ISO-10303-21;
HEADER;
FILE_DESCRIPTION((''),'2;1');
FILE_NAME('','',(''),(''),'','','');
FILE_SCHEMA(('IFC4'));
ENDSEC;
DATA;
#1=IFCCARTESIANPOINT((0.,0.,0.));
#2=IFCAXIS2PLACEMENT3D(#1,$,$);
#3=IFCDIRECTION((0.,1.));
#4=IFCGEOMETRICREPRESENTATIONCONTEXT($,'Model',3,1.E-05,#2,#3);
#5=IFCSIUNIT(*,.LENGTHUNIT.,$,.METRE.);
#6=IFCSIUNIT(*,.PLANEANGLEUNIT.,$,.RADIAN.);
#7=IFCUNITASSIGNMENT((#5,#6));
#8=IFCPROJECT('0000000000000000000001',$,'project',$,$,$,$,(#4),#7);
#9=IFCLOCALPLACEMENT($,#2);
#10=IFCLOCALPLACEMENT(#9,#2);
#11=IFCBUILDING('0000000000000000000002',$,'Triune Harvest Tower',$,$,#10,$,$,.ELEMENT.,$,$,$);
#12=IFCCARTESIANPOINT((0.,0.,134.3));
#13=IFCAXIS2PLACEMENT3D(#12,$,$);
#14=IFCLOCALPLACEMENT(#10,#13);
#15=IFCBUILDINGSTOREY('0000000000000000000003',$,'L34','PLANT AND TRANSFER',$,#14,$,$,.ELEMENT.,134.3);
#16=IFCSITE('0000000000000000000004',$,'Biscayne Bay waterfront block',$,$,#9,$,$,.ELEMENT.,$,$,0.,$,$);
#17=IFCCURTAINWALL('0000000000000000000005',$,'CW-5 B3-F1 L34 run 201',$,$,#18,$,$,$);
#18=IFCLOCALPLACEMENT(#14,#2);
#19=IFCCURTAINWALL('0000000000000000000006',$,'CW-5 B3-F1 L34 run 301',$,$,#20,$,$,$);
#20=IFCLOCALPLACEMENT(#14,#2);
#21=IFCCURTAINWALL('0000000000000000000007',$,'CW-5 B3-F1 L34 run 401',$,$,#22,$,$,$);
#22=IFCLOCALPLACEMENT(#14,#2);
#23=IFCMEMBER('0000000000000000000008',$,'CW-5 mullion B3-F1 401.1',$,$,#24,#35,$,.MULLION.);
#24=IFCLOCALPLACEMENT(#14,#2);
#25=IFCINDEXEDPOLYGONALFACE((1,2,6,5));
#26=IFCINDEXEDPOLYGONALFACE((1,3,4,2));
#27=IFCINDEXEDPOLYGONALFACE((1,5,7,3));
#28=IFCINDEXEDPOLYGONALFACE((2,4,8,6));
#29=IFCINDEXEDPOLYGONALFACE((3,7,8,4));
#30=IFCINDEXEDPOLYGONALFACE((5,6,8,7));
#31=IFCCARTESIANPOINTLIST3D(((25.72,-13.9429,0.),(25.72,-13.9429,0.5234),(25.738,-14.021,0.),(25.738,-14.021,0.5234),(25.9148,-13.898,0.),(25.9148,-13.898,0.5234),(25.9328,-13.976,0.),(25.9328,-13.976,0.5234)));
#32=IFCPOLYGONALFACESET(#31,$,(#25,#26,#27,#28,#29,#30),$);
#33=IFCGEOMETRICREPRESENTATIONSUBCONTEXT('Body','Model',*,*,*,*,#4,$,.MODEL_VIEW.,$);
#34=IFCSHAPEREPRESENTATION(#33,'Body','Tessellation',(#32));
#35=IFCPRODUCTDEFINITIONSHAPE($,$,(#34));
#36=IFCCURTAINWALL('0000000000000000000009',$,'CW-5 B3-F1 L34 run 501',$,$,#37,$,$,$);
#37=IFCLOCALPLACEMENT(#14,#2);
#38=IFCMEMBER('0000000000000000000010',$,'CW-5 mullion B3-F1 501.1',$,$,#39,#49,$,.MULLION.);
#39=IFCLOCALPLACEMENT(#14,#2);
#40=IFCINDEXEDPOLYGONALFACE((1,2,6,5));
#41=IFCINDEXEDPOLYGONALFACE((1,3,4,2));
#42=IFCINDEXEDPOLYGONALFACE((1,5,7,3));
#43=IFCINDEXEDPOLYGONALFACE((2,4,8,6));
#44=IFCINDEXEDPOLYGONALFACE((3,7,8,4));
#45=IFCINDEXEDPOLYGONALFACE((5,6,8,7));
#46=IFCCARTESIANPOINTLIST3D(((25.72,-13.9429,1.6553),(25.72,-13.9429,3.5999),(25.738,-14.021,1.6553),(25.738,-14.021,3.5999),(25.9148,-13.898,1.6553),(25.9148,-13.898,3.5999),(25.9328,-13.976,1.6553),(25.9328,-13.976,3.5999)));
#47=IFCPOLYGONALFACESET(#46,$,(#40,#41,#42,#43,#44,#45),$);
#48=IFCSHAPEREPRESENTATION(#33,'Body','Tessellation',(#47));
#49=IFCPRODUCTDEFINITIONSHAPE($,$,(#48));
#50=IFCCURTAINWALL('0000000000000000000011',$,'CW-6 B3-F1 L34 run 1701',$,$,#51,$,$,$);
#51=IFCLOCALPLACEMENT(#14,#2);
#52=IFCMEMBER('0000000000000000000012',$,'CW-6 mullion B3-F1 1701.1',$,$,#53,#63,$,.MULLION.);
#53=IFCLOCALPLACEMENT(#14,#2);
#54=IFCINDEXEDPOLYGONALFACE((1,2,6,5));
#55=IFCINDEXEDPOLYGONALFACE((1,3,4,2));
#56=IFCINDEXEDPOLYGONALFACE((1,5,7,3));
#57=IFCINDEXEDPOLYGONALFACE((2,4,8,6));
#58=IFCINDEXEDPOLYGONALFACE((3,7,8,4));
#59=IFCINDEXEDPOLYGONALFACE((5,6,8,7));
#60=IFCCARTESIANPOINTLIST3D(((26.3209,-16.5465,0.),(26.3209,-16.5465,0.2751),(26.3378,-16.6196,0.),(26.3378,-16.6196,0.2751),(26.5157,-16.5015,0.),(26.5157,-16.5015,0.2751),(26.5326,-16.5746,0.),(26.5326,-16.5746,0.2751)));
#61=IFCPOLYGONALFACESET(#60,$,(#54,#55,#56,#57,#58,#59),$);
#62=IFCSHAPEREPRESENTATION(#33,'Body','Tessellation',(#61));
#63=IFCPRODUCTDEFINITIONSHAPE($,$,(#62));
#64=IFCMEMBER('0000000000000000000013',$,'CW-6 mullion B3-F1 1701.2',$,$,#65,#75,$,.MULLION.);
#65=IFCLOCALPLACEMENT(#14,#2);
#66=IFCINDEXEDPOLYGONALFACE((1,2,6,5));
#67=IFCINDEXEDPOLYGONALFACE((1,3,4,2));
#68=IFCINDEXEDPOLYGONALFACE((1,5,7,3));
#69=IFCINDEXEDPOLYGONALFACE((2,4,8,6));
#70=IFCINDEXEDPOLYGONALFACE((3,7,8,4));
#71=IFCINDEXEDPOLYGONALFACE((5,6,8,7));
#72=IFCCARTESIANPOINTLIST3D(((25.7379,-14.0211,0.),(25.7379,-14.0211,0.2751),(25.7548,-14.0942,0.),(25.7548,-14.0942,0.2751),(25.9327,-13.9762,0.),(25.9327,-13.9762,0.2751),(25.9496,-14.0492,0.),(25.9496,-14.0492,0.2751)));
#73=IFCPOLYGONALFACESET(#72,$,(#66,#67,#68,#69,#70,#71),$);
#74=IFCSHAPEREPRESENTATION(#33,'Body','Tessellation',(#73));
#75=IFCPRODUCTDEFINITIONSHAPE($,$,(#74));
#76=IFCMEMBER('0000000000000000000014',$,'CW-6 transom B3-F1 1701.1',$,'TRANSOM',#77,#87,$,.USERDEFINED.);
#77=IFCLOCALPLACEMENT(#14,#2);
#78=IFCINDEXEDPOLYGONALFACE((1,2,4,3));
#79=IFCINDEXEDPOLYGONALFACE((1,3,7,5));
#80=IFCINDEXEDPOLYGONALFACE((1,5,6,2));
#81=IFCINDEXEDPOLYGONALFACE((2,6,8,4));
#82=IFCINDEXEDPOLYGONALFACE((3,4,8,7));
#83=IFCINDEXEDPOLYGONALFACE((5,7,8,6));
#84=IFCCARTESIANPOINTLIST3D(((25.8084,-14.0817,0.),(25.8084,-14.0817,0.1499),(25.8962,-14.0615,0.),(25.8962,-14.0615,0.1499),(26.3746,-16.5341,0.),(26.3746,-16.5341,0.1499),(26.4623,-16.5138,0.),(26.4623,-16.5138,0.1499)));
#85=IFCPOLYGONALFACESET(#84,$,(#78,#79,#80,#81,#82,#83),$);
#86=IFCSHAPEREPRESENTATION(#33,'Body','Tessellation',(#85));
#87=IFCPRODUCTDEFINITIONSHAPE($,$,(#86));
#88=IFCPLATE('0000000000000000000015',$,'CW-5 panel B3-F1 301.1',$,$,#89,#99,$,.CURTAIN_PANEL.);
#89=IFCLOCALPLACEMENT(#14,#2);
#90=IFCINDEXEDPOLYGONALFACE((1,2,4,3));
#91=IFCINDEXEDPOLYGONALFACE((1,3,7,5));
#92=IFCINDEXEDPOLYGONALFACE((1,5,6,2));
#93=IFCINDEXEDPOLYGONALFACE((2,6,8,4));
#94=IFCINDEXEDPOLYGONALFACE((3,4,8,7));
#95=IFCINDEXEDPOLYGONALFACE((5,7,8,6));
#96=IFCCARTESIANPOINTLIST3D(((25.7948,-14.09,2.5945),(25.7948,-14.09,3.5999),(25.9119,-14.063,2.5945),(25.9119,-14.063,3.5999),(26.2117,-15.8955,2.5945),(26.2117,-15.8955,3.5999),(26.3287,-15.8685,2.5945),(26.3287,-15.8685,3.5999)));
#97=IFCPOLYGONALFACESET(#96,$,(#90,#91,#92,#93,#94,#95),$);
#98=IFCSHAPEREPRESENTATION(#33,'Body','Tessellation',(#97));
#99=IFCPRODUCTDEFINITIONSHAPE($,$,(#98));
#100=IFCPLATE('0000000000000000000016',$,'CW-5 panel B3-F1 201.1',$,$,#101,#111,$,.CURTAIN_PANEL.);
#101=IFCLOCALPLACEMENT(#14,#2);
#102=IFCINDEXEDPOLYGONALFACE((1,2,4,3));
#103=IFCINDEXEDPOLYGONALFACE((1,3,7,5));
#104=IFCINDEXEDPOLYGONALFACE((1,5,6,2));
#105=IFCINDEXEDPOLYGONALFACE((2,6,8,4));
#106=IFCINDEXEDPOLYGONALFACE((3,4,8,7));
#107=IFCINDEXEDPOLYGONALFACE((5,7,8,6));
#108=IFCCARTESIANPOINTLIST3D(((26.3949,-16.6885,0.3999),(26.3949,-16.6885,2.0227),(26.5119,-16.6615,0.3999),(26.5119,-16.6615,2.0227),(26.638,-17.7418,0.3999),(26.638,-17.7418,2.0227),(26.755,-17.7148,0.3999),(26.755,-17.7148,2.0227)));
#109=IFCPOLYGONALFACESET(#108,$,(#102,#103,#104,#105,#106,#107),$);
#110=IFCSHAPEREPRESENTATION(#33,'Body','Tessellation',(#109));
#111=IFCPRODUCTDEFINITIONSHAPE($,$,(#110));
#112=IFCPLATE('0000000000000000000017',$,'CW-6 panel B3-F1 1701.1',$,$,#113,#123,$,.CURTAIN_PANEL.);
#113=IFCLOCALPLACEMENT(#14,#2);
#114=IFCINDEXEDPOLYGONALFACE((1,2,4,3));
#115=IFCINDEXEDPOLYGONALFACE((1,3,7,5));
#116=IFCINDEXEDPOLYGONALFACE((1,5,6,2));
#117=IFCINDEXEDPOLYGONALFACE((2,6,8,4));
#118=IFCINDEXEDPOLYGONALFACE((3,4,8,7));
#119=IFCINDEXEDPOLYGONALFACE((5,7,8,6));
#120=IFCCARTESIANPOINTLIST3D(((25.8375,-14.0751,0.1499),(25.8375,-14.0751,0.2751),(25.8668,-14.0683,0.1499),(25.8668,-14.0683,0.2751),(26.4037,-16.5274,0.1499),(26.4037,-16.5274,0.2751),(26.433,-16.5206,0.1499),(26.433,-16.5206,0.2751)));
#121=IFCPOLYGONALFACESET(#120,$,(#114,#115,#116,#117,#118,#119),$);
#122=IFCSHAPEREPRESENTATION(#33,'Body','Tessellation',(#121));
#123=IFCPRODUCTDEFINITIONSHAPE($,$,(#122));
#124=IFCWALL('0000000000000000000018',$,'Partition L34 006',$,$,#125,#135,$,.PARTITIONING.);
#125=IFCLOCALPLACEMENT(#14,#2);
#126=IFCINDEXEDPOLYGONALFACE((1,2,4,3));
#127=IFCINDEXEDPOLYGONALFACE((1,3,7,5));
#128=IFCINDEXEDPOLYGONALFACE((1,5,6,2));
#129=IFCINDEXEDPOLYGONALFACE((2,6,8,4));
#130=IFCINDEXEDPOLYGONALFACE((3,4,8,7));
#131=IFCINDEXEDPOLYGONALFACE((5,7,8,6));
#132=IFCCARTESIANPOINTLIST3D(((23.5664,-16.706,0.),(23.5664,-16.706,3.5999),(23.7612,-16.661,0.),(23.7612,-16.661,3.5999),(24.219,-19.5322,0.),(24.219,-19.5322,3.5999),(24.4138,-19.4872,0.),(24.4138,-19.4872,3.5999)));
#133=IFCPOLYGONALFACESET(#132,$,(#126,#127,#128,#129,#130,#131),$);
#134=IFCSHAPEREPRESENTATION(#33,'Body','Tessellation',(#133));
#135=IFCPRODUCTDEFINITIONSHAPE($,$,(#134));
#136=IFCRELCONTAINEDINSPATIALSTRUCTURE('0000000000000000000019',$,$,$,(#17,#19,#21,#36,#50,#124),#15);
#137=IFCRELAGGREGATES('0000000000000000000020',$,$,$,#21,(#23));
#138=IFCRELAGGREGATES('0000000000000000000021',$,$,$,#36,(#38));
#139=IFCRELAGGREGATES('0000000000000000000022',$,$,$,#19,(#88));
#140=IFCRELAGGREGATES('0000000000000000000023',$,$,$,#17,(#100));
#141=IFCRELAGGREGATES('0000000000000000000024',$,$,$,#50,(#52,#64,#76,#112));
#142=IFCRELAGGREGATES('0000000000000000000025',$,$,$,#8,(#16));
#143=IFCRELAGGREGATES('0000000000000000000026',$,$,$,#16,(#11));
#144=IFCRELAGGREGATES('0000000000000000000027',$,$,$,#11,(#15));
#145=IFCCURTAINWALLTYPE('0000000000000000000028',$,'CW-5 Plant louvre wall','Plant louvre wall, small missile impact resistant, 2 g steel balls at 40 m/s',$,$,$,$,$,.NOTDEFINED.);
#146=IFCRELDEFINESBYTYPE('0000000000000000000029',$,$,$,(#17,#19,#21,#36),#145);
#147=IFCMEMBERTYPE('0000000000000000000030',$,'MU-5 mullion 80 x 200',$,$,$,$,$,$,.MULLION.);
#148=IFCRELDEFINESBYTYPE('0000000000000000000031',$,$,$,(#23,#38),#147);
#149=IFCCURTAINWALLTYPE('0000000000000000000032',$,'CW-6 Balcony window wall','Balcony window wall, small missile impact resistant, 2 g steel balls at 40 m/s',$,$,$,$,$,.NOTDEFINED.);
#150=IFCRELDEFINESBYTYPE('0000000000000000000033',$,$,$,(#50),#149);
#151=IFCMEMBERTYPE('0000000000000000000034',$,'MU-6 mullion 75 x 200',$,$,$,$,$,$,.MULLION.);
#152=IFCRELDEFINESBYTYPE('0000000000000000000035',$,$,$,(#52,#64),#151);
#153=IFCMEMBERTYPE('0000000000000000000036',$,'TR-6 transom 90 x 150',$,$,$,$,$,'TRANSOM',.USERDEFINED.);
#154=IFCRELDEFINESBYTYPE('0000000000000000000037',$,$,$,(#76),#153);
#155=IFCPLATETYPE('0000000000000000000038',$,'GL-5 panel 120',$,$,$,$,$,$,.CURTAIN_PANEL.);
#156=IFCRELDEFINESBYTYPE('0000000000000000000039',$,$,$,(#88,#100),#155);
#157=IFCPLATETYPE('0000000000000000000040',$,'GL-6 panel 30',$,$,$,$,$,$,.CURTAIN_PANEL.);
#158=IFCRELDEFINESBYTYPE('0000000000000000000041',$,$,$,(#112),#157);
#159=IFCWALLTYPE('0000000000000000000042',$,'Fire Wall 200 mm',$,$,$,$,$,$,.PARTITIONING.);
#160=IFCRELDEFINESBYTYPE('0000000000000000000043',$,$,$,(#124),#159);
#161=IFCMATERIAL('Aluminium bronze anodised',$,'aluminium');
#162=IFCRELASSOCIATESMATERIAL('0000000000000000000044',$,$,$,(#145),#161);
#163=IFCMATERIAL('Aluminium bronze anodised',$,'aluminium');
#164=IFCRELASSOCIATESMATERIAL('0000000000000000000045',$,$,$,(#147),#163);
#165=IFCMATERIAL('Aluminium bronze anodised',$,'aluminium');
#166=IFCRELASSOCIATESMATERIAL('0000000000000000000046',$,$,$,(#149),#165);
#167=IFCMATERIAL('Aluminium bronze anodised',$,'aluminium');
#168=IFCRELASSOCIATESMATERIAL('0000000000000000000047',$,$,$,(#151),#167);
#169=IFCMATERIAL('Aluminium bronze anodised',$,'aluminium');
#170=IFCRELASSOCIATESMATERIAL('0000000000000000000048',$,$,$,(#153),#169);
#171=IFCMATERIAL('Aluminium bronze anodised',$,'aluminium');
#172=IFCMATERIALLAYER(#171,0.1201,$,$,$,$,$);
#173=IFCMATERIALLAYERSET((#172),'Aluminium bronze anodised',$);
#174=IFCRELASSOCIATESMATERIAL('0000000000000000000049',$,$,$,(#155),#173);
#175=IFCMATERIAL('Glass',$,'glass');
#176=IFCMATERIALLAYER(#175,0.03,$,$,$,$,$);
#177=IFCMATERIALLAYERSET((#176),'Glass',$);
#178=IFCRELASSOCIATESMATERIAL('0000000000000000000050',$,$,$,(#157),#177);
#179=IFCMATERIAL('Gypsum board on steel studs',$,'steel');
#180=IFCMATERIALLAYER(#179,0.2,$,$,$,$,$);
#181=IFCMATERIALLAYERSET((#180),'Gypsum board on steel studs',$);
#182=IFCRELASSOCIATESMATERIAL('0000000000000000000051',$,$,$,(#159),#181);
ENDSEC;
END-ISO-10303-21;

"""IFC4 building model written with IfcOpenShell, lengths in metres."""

from ifc_helpers import new_model, si_unit, direction, frame, frame_2d, origin, origin_2d, place, context, subcontext, project, spatial, rectangle, extrude, source, transform, mapped, material, layer, layer_set, material_profile, profile_set, type_object, element, aggregate, save


model = new_model("IFC4")

# Units and contexts
model_context = context("Model", 3, precision=1e-05, world=origin(), true_north=direction((0.0, 1.0)))
body_context = subcontext(model_context, "Body", "Model", "MODEL_VIEW")
ifc_project = project(units=[si_unit("LENGTHUNIT", "METRE"), si_unit("PLANEANGLEUNIT", "RADIAN")], contexts=[model_context])

# Site, building, storey
site_placement = place(None, origin())
site = spatial("IfcSite", under=ifc_project, at=site_placement, Name="Biscayne Bay waterfront block", CompositionType="ELEMENT", RefElevation=0.0)
building_placement = place(site_placement, origin())
building = spatial("IfcBuilding", under=site, at=building_placement, Name="Triune Harvest Tower", CompositionType="ELEMENT")
storey_placement = place(building_placement, frame((0.0, 0.0, 134.3)))
storey = spatial("IfcBuildingStorey", under=building, at=storey_placement, Name="L34", Description="PLANT AND TRANSFER", CompositionType="ELEMENT", Elevation=134.3)

# Curtain walls
ifc_material_1 = material(Name="Aluminium bronze anodised", Category="aluminium")
curtain_wall_type_1 = type_object("IfcCurtainWallType", Name="CW-5 Plant louvre wall", Description="Plant louvre wall, small missile impact resistant, 2 g steel balls at 40 m/s", PredefinedType="NOTDEFINED", material=ifc_material_1)
curtain_wall_1_placement = place(storey_placement, origin())
curtain_wall_1 = element("IfcCurtainWall", 1, at=curtain_wall_1_placement, inside=storey, type_object=curtain_wall_type_1, Name="CW-5 B3-F1 L34 run 201")
curtain_wall_2_placement = place(storey_placement, origin())
curtain_wall_2 = element("IfcCurtainWall", 2, at=curtain_wall_2_placement, inside=storey, type_object=curtain_wall_type_1, Name="CW-5 B3-F1 L34 run 301")

# Shared definitions
ifc_material_2 = material(Name="Aluminium bronze anodised", Category="aluminium")
ifc_material_profile_1 = material_profile(ifc_material_2, rectangle(XDim=0.2, YDim=0.0801, at=origin_2d()), Name="MU-5 mullion 80 x 200")
ifc_profile_set_1 = profile_set([ifc_material_profile_1], Name="Aluminium bronze anodised")
member_type_1 = type_object("IfcMemberType", Name="MU-5 mullion 80 x 200", PredefinedType="MULLION", material=ifc_profile_set_1)

# Curtain walls, members
curtain_wall_3_placement = place(storey_placement, origin())
curtain_wall_3 = element("IfcCurtainWall", 3, at=curtain_wall_3_placement, inside=storey, type_object=curtain_wall_type_1, Name="CW-5 B3-F1 L34 run 401")
shared_shape_1 = source(origin(), body_context, "Body", "SweptSolid", [
    extrude(rectangle(XDim=0.2, YDim=0.0801, at=origin_2d()), origin(), (0.0, 0.0, 1.0), 0.5234),
])
member_1_placement = place(storey_placement, frame((25.8264, -13.9595, 0.0), z_axis=(0.0, 0.0, 1.0), x_axis=(-0.974379, -0.224914, 0.0)))
member_1 = element("IfcMember", 4, at=member_1_placement, type_object=member_type_1, Name="CW-5 mullion B3-F1 401.1", PredefinedType="MULLION", context=body_context, shape_type="MappedRepresentation", body=[
    mapped(shared_shape_1, transform((0.0, 0.0, 0.0), scale=1.0)),
])
aggregate(curtain_wall_3, [member_1])
curtain_wall_4_placement = place(storey_placement, origin())
curtain_wall_4 = element("IfcCurtainWall", 5, at=curtain_wall_4_placement, inside=storey, type_object=curtain_wall_type_1, Name="CW-5 B3-F1 L34 run 501")
shared_shape_2 = source(origin(), body_context, "Body", "SweptSolid", [
    extrude(rectangle(XDim=0.2, YDim=0.0801, at=origin_2d()), origin(), (0.0, 0.0, 1.0), 1.9446),
])
member_2_placement = place(storey_placement, frame((25.8264, -13.9595, 1.6553), z_axis=(0.0, 0.0, 1.0), x_axis=(-0.974379, -0.224914, 0.0)))
member_2 = element("IfcMember", 6, at=member_2_placement, type_object=member_type_1, Name="CW-5 mullion B3-F1 501.1", PredefinedType="MULLION", context=body_context, shape_type="MappedRepresentation", body=[
    mapped(shared_shape_2, transform((0.0, 0.0, 0.0), scale=1.0)),
])
aggregate(curtain_wall_4, [member_2])

# Curtain wall, members
ifc_material_3 = material(Name="Aluminium bronze anodised", Category="aluminium")
curtain_wall_type_2 = type_object("IfcCurtainWallType", Name="CW-6 Balcony window wall", Description="Balcony window wall, small missile impact resistant, 2 g steel balls at 40 m/s", PredefinedType="NOTDEFINED", material=ifc_material_3)
curtain_wall_5_placement = place(storey_placement, origin())
curtain_wall_5 = element("IfcCurtainWall", 7, at=curtain_wall_5_placement, inside=storey, type_object=curtain_wall_type_2, Name="CW-6 B3-F1 L34 run 1701")
ifc_material_4 = material(Name="Aluminium bronze anodised", Category="aluminium")
ifc_material_profile_2 = material_profile(ifc_material_4, rectangle(XDim=0.2, YDim=0.075, at=origin_2d()), Name="MU-6 mullion 75 x 200")
ifc_profile_set_2 = profile_set([ifc_material_profile_2], Name="Aluminium bronze anodised")
member_type_2 = type_object("IfcMemberType", Name="MU-6 mullion 75 x 200", PredefinedType="MULLION", material=ifc_profile_set_2)
shared_shape_3 = source(origin(), body_context, "Body", "SweptSolid", [
    extrude(rectangle(XDim=0.2, YDim=0.075, at=origin_2d()), origin(), (0.0, 0.0, 1.0), 0.2751),
])
member_3_placement = place(storey_placement, frame((26.4268, -16.5605, 0.0), z_axis=(0.0, 0.0, 1.0), x_axis=(-0.974371, -0.224947, 0.0)))
member_3 = element("IfcMember", 8, at=member_3_placement, type_object=member_type_2, Name="CW-6 mullion B3-F1 1701.1", PredefinedType="MULLION", context=body_context, shape_type="MappedRepresentation", body=[
    mapped(shared_shape_3, transform((0.0, 0.0, 0.0), scale=1.0)),
])
member_4_placement = place(storey_placement, frame((25.8438, -14.0352, 0.0), z_axis=(0.0, 0.0, 1.0), x_axis=(-0.974371, -0.224947, 0.0)))
member_4 = element("IfcMember", 9, at=member_4_placement, type_object=member_type_2, Name="CW-6 mullion B3-F1 1701.2", PredefinedType="MULLION", context=body_context, shape_type="MappedRepresentation", body=[
    mapped(shared_shape_3, transform((0.0, 0.0, 0.0), scale=1.0)),
])
ifc_material_5 = material(Name="Aluminium bronze anodised", Category="aluminium")
ifc_material_profile_3 = material_profile(ifc_material_5, rectangle(XDim=0.0901, YDim=0.1499, at=origin_2d()), Name="TR-6 transom 90 x 150")
ifc_profile_set_3 = profile_set([ifc_material_profile_3], Name="Aluminium bronze anodised")
member_type_3 = type_object("IfcMemberType", Name="TR-6 transom 90 x 150", ElementType="TRANSOM", PredefinedType="USERDEFINED", material=ifc_profile_set_3)
shared_shape_4 = source(origin(), body_context, "Body", "SweptSolid", [
    extrude(rectangle(XDim=0.0901, YDim=0.1499, at=origin_2d()), origin(), (0.0, 0.0, 1.0), 2.5168),
])
member_5_placement = place(storey_placement, frame((26.4185, -16.5239, 0.075), z_axis=(-0.224945, 0.974372, 0.0), x_axis=(-0.974372, -0.224945, 0.0)))
member_5 = element("IfcMember", 10, at=member_5_placement, type_object=member_type_3, Name="CW-6 transom B3-F1 1701.1", ObjectType="TRANSOM", PredefinedType="USERDEFINED", context=body_context, shape_type="MappedRepresentation", body=[
    mapped(shared_shape_4, transform((0.0, 0.0, 0.0), scale=1.0)),
])

# Plates
ifc_material_6 = material(Name="Aluminium bronze anodised", Category="aluminium")
ifc_layer_1 = layer(ifc_material_6, 0.1201)
ifc_layer_set_1 = layer_set([ifc_layer_1], Name="Aluminium bronze anodised")
plate_type_1 = type_object("IfcPlateType", Name="GL-5 panel 120", PredefinedType="CURTAIN_PANEL", material=ifc_layer_set_1)
plate_1_placement = place(storey_placement, frame((26.0618, -14.9792, 2.5945), z_axis=(0.0, 0.0, 1.0), x_axis=(-0.224939, 0.974373, 0.0)))
plate_1 = element("IfcPlate", 11, at=plate_1_placement, type_object=plate_type_1, Name="CW-5 panel B3-F1 301.1", PredefinedType="CURTAIN_PANEL", context=body_context, shape_type="SweptSolid", body=[
    extrude(rectangle(XDim=1.853, YDim=0.1201, at=origin_2d()), origin(), (0.0, 0.0, 1.0), 1.0054),
])
aggregate(curtain_wall_2, [plate_1])
shared_shape_5 = source(origin(), body_context, "Body", "SweptSolid", [
    extrude(rectangle(XDim=1.0811, YDim=0.1201, at=origin_2d()), origin(), (0.0, 0.0, 1.0), 1.6228),
])
plate_2_placement = place(storey_placement, frame((26.575, -17.2017, 0.3999), z_axis=(0.0, 0.0, 1.0), x_axis=(-0.224901, 0.974382, 0.0)))
plate_2 = element("IfcPlate", 12, at=plate_2_placement, type_object=plate_type_1, Name="CW-5 panel B3-F1 201.1", PredefinedType="CURTAIN_PANEL", context=body_context, shape_type="MappedRepresentation", body=[
    mapped(shared_shape_5, transform((0.0, 0.0, 0.0), scale=1.0)),
])
aggregate(curtain_wall_1, [plate_2])
ifc_material_7 = material(Name="Glass", Category="glass")
ifc_layer_2 = layer(ifc_material_7, 0.03)
ifc_layer_set_2 = layer_set([ifc_layer_2], Name="Glass")
plate_type_2 = type_object("IfcPlateType", Name="GL-6 panel 30", PredefinedType="CURTAIN_PANEL", material=ifc_layer_set_2)
shared_shape_6 = source(origin(), body_context, "Body", "SweptSolid", [
    extrude(rectangle(XDim=2.5168, YDim=0.03, at=origin_2d()), origin(), (0.0, 0.0, 1.0), 0.1252),
])
plate_3_placement = place(storey_placement, frame((26.1353, -15.2979, 0.1499), z_axis=(0.0, 0.0, 1.0), x_axis=(-0.224947, 0.974371, 0.0)))
plate_3 = element("IfcPlate", 13, at=plate_3_placement, type_object=plate_type_2, Name="CW-6 panel B3-F1 1701.1", PredefinedType="CURTAIN_PANEL", context=body_context, shape_type="MappedRepresentation", body=[
    mapped(shared_shape_6, transform((0.0, 0.0, 0.0), scale=1.0)),
])
aggregate(curtain_wall_5, [member_3, member_4, member_5, plate_3])

# Wall
ifc_material_8 = material(Name="Gypsum board on steel studs", Category="steel")
ifc_layer_3 = layer(ifc_material_8, 0.2)
ifc_layer_set_3 = layer_set([ifc_layer_3], Name="Gypsum board on steel studs")
wall_type = type_object("IfcWallType", Name="Fire Wall 200 mm", PredefinedType="PARTITIONING", material=ifc_layer_set_3)
wall_placement = place(storey_placement, frame((23.6638, -16.6836, 0.0), z_axis=(0.0, 0.0, 1.0), x_axis=(0.224989, -0.974361, 0.0)))
element("IfcWall", 14, at=wall_placement, inside=storey, type_object=wall_type, Name="Partition L34 006", PredefinedType="PARTITIONING", context=body_context, shape_type="SweptSolid", body=[
    extrude(rectangle(XDim=2.9006, YDim=0.2, at=frame_2d((1.4502, 0.0))), origin(), (0.0, 0.0, 1.0), 3.5999),
])

save(model, "model.ifc")
